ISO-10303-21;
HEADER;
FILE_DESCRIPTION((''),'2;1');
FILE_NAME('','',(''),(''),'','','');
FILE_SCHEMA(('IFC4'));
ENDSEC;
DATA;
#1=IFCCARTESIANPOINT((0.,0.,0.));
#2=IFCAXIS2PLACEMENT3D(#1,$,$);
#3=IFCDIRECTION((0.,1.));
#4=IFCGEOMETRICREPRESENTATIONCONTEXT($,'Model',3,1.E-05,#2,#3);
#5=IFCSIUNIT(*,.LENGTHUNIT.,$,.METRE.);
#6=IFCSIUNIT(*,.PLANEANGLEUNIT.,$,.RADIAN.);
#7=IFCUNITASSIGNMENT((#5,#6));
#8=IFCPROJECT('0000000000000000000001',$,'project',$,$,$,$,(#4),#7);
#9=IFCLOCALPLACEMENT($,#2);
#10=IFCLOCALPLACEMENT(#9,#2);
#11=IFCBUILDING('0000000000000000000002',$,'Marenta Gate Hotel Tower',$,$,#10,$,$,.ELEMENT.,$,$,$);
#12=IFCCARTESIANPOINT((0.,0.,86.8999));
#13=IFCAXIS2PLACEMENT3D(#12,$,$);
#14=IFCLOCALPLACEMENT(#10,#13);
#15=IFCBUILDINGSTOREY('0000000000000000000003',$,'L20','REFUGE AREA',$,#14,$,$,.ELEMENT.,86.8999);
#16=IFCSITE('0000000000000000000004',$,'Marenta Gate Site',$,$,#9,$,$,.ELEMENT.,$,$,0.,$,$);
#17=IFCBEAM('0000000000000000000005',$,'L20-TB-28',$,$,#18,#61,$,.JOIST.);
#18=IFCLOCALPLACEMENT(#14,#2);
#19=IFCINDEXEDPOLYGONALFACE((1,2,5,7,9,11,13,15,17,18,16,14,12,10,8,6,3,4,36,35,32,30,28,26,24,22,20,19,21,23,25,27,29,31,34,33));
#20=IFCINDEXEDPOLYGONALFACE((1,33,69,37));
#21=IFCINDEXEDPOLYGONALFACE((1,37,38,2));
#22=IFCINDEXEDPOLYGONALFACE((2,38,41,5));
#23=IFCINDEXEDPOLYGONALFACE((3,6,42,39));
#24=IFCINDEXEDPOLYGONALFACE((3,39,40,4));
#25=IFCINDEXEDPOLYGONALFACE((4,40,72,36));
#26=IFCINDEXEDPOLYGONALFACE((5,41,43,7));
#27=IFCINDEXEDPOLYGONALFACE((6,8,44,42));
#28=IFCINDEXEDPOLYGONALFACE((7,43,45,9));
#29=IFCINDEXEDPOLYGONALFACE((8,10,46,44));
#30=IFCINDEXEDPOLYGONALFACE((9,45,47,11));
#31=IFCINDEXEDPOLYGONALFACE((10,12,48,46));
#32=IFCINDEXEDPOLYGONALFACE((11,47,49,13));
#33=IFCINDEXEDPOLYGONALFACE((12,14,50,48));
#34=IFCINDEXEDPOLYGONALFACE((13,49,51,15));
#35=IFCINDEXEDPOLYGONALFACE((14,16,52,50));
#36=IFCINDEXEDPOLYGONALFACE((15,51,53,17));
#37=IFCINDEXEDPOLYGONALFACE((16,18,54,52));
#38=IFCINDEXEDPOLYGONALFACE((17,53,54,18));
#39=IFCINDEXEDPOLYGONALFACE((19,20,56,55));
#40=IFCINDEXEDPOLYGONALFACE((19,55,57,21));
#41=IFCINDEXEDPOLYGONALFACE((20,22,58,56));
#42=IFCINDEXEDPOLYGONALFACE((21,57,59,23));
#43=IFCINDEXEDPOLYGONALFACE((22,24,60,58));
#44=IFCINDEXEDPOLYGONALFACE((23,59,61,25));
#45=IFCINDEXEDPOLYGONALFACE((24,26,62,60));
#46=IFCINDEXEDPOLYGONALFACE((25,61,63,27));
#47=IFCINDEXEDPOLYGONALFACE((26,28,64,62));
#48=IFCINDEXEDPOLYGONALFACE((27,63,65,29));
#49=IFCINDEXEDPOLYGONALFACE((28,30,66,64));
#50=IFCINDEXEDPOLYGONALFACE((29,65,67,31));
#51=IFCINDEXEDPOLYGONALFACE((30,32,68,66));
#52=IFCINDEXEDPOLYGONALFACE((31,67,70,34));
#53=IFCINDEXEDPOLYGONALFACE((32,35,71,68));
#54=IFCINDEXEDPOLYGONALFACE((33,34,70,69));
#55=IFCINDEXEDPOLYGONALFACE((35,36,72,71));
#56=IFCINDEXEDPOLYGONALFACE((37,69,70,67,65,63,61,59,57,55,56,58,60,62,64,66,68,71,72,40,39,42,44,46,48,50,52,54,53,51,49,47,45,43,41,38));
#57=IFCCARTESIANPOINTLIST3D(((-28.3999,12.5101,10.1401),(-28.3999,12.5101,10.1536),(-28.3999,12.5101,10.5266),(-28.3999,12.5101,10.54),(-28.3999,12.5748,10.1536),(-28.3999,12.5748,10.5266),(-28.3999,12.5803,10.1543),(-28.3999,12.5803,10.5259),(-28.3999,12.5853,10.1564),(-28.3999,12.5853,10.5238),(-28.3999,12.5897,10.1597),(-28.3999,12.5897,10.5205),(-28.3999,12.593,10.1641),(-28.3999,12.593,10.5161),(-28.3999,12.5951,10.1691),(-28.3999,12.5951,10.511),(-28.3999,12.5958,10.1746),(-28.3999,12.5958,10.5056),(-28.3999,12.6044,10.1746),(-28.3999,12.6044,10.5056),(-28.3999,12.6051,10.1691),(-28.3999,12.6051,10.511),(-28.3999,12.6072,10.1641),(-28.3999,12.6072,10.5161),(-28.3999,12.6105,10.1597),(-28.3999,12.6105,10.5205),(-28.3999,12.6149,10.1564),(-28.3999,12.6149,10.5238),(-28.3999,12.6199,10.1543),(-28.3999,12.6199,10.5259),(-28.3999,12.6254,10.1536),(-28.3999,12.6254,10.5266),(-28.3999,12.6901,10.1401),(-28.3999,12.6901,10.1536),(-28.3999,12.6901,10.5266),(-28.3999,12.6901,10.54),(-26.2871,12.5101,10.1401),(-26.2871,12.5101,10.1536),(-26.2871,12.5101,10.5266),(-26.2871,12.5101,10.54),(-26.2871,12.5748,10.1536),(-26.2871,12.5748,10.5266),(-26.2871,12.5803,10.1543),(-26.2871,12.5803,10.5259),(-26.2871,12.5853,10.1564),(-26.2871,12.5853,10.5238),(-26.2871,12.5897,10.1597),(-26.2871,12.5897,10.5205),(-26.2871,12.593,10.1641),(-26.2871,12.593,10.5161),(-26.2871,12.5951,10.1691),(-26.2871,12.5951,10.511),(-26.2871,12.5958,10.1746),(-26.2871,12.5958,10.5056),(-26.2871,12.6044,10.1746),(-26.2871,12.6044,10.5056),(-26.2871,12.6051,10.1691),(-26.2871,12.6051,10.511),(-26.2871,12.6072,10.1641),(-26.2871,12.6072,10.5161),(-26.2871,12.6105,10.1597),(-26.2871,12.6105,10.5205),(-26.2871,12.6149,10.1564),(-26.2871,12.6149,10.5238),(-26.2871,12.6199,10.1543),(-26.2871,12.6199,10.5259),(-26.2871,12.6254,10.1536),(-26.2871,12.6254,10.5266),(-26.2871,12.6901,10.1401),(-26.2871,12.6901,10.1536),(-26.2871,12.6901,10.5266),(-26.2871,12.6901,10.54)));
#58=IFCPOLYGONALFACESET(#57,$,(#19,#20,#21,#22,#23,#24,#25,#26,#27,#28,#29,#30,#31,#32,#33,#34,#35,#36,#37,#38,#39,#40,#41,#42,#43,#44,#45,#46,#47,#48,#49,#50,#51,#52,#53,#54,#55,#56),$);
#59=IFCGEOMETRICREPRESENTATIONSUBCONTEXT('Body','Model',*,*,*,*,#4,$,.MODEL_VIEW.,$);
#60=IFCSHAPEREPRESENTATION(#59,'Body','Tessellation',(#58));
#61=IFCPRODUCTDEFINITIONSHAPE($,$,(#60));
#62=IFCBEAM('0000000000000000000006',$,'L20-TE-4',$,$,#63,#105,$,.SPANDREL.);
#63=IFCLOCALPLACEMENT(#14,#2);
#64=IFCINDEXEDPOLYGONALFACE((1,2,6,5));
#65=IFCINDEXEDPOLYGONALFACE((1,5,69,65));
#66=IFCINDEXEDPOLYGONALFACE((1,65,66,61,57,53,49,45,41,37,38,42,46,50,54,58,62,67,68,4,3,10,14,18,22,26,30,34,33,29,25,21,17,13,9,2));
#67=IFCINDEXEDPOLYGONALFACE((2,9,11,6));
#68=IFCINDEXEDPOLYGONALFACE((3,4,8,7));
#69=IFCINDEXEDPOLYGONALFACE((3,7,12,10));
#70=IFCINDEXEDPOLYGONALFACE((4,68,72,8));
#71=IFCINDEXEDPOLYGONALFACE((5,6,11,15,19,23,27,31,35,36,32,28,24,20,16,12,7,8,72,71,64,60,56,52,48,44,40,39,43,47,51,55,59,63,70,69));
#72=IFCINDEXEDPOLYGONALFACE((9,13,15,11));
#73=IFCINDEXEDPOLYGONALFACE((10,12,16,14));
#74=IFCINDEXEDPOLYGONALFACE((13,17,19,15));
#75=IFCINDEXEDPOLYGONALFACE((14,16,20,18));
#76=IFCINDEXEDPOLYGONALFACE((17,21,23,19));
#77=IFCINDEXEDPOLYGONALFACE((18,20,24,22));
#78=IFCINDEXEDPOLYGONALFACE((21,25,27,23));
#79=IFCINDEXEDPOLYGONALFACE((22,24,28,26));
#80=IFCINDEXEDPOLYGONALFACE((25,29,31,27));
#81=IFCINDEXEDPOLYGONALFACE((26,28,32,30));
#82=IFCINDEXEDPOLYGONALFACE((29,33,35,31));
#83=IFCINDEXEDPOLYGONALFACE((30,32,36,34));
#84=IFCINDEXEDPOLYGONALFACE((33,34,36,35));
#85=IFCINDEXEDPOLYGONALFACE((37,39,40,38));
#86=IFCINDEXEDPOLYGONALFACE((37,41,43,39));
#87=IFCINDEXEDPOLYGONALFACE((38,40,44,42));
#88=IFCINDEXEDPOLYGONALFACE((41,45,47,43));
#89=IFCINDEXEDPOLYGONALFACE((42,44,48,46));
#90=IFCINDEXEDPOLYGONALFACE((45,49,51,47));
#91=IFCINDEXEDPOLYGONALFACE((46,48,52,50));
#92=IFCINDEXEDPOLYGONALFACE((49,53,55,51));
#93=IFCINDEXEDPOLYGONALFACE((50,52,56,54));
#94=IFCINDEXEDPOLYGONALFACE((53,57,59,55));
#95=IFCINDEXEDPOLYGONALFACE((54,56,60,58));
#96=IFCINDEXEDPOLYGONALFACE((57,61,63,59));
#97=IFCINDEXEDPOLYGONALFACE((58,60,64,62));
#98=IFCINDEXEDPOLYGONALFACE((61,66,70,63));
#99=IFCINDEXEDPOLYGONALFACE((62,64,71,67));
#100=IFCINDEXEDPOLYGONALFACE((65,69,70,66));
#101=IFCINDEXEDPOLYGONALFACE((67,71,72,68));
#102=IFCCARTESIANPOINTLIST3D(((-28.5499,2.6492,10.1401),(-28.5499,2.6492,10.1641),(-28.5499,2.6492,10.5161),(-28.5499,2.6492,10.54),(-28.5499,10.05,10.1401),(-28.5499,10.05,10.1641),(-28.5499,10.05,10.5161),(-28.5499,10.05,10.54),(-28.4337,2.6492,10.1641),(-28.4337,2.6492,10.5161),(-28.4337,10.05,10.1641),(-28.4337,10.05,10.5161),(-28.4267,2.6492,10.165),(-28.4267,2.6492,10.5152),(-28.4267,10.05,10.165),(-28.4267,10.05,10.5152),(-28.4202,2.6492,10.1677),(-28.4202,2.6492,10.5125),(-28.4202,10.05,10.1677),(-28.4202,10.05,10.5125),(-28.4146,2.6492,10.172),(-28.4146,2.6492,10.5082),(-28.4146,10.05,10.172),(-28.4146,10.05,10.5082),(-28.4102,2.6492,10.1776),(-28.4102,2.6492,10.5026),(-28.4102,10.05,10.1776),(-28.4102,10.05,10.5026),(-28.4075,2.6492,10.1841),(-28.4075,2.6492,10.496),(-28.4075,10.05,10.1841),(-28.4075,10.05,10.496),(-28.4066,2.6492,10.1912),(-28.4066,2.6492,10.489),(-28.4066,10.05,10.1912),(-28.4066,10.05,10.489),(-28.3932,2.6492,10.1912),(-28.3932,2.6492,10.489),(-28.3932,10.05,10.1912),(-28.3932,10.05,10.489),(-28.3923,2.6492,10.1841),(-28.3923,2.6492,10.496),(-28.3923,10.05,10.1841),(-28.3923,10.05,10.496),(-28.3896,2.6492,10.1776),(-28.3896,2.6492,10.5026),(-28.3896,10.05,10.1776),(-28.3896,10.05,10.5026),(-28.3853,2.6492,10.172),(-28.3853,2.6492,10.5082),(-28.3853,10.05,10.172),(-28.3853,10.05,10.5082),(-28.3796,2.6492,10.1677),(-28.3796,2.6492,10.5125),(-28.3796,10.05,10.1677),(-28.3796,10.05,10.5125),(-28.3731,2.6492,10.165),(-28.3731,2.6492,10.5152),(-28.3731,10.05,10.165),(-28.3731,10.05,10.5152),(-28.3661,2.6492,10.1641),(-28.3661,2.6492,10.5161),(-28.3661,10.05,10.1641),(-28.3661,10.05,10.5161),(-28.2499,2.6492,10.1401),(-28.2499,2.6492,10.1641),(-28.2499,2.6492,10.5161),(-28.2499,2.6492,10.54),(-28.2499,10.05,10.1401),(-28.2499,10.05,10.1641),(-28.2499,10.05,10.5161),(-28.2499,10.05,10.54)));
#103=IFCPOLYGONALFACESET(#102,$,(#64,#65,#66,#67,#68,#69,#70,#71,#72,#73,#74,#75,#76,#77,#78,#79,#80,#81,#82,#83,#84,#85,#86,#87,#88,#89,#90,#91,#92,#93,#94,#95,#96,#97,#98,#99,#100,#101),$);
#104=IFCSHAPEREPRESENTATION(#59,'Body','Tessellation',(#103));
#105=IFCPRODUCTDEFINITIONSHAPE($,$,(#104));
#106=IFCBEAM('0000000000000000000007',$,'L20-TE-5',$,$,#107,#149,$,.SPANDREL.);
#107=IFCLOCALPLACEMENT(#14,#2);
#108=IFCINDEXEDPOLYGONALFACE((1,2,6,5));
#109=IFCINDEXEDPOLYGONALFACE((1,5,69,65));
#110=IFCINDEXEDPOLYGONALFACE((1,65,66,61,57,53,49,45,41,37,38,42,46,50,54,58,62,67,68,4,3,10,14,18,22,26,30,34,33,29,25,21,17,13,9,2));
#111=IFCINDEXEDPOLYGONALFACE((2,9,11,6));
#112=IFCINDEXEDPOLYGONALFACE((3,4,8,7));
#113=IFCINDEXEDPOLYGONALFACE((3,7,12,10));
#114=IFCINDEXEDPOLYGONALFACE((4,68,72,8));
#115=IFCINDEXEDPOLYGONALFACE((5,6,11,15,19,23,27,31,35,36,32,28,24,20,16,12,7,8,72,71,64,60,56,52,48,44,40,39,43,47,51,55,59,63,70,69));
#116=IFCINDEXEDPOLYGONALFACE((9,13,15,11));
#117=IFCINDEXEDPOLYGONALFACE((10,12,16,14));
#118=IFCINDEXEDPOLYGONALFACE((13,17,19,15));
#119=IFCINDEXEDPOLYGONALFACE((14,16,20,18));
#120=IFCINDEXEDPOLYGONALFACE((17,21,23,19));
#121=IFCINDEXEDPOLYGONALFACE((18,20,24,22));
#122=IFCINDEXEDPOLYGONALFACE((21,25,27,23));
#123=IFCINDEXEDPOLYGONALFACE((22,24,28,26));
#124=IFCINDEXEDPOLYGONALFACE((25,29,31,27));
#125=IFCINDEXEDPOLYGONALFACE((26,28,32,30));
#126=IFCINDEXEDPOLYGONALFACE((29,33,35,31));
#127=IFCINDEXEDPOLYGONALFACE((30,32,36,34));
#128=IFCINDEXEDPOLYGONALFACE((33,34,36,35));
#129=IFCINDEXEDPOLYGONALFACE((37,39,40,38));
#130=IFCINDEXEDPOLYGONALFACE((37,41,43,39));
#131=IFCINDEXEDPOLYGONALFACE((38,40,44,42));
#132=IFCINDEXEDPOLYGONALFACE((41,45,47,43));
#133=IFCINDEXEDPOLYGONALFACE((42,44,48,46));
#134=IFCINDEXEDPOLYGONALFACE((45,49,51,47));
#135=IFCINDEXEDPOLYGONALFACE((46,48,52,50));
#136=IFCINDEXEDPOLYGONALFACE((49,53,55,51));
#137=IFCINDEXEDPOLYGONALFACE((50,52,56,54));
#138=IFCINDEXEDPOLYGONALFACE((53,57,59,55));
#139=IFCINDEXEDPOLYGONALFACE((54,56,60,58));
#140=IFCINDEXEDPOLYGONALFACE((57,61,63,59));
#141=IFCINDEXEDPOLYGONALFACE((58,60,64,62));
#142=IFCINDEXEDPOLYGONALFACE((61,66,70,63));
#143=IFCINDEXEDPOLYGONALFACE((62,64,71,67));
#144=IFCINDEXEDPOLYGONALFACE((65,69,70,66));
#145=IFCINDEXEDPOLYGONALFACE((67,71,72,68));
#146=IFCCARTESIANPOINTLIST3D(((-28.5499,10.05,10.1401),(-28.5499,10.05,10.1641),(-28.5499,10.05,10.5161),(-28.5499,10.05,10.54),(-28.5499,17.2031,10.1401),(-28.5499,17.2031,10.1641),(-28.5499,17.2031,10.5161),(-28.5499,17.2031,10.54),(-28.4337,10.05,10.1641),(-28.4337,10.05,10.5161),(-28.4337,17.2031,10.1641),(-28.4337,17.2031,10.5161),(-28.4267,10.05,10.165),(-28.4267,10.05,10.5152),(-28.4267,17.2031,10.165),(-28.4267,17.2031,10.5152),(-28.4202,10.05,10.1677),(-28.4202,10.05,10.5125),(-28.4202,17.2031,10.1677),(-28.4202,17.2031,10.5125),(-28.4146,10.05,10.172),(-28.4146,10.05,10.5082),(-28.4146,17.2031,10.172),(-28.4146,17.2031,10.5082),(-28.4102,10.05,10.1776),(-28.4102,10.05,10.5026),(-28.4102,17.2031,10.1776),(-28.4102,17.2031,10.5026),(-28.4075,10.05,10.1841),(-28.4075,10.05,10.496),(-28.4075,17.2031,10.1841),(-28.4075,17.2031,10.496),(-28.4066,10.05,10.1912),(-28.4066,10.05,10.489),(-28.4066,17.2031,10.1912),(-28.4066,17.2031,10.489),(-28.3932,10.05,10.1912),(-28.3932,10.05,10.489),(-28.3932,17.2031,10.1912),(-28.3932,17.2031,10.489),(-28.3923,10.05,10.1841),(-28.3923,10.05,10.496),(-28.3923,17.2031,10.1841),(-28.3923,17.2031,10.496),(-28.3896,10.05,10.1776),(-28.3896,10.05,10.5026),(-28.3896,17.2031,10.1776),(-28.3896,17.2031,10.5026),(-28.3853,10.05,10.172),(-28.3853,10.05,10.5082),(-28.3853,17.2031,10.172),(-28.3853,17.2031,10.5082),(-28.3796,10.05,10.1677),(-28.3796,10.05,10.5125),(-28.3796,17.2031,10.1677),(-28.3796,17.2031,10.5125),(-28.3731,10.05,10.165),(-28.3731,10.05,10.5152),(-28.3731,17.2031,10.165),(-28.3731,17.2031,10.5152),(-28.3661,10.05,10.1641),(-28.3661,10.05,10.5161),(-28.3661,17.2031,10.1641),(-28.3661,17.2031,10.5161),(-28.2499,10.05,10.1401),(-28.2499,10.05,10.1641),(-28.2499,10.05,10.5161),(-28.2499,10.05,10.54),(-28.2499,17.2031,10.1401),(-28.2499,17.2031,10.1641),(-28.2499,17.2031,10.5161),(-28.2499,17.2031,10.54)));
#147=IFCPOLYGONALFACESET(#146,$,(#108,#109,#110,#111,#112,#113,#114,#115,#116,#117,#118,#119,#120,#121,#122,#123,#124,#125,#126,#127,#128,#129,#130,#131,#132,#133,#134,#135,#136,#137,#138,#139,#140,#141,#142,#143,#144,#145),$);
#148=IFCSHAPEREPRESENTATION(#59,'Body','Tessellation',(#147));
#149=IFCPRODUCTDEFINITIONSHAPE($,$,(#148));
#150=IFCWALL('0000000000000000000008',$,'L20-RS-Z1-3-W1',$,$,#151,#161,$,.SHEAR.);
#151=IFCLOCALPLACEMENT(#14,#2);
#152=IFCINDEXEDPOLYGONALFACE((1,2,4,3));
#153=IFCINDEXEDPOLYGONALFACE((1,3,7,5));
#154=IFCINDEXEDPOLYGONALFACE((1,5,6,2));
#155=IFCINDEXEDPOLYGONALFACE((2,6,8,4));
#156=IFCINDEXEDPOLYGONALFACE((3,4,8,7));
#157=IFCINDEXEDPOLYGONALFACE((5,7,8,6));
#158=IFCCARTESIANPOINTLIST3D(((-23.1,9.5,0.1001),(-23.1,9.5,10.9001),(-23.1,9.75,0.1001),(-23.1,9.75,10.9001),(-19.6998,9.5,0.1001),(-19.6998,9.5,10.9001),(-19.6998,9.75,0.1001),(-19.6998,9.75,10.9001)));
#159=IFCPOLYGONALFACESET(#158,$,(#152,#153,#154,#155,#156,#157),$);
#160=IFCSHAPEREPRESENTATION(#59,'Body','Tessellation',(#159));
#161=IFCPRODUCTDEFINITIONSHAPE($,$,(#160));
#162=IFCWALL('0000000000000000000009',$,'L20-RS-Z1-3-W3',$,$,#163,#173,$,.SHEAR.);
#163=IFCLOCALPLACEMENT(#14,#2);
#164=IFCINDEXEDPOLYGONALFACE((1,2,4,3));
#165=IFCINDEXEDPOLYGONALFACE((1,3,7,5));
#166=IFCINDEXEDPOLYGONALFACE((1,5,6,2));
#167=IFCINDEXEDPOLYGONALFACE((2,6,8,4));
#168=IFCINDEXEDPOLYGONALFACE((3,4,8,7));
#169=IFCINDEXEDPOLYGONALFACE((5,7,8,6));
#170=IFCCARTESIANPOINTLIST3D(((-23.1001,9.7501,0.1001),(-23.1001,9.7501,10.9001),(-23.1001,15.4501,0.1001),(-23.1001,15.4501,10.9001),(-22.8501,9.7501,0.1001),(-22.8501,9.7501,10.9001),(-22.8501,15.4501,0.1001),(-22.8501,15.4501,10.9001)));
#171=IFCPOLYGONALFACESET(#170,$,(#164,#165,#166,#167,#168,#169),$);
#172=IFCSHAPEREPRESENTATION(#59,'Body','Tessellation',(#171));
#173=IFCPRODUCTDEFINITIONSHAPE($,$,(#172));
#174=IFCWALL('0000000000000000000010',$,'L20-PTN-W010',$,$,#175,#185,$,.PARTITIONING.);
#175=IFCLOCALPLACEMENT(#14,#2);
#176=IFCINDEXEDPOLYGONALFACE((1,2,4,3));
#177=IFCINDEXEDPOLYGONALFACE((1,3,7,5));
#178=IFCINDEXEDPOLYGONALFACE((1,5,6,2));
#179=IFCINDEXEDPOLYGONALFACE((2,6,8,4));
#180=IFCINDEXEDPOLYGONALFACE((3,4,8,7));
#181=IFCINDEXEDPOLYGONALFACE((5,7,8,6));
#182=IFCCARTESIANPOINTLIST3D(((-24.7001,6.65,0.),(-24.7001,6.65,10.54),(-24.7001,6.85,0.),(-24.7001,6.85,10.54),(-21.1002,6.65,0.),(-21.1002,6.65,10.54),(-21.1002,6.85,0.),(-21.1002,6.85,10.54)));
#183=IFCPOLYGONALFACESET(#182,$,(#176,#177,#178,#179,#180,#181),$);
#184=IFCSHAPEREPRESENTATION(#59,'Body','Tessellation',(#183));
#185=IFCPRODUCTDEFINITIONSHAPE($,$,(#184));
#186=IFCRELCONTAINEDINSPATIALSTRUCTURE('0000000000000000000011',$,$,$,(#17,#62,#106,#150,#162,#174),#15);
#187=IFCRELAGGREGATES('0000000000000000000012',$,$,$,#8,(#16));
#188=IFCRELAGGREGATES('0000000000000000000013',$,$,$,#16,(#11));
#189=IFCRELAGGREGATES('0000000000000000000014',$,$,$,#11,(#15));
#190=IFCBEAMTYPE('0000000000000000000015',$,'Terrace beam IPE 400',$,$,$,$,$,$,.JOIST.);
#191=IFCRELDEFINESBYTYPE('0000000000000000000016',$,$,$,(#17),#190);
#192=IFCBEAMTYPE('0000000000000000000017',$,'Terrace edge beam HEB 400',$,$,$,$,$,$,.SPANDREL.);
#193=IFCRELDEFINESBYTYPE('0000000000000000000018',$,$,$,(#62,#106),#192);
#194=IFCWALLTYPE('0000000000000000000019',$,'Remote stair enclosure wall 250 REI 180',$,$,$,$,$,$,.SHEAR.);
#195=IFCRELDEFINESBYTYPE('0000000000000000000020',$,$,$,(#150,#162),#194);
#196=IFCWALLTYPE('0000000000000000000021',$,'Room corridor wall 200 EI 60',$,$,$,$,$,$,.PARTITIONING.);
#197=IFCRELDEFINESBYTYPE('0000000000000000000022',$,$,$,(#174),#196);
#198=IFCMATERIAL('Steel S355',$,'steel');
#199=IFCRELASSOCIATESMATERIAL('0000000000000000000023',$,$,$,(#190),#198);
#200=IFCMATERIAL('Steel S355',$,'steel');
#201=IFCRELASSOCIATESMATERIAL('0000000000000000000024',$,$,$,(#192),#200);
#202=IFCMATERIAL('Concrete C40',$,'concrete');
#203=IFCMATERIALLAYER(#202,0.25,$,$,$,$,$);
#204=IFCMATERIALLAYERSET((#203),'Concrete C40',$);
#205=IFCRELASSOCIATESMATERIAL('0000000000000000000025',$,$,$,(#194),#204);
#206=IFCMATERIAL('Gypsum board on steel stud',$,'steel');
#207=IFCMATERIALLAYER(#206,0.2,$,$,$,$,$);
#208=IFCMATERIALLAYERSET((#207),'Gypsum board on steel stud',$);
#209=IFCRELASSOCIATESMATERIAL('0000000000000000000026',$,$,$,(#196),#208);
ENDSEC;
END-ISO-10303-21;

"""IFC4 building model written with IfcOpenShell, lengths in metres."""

from ifc_helpers import new_model, si_unit, direction, frame, frame_2d, origin, origin_2d, place, context, subcontext, project, spatial, rectangle, i_section, extrude, material, layer, layer_set, material_profile, profile_set, type_object, element, save


model = new_model("IFC4")

# Units and contexts
model_context = context("Model", 3, precision=1e-05, world=origin(), true_north=direction((0.0, 1.0)))
body_context = subcontext(model_context, "Body", "Model", "MODEL_VIEW")
ifc_project = project(units=[si_unit("LENGTHUNIT", "METRE"), si_unit("PLANEANGLEUNIT", "RADIAN")], contexts=[model_context])

# Site, building, storey
site_placement = place(None, origin())
site = spatial("IfcSite", under=ifc_project, at=site_placement, Name="Marenta Gate Site", CompositionType="ELEMENT", RefElevation=0.0)
building_placement = place(site_placement, origin())
building = spatial("IfcBuilding", under=site, at=building_placement, Name="Marenta Gate Hotel Tower", CompositionType="ELEMENT")
storey_placement = place(building_placement, frame((0.0, 0.0, 86.8999)))
storey = spatial("IfcBuildingStorey", under=building, at=storey_placement, Name="L20", Description="REFUGE AREA", CompositionType="ELEMENT", Elevation=86.8999)

# Beams
ifc_material_1 = material(Name="Steel S355", Category="steel")
ifc_material_profile_1 = material_profile(ifc_material_1, i_section(OverallWidth=0.1799, OverallDepth=0.3999, WebThickness=0.0085, FlangeThickness=0.0134, FilletRadius=0.021, at=origin_2d()), Name="IPE 400")
ifc_profile_set_1 = profile_set([ifc_material_profile_1], Name="Steel S355")
beam_type_1 = type_object("IfcBeamType", Name="Terrace beam IPE 400", PredefinedType="JOIST", material=ifc_profile_set_1)
beam_1_placement = place(storey_placement, frame((-28.3999, 12.6001, 10.3401), z_axis=(1.0, 0.0, 0.0), x_axis=(0.0, 1.0, 0.0)))
element("IfcBeam", 1, at=beam_1_placement, inside=storey, type_object=beam_type_1, Name="L20-TB-28", PredefinedType="JOIST", context=body_context, shape_type="SweptSolid", body=[
    extrude(i_section(OverallWidth=0.1799, OverallDepth=0.3999, WebThickness=0.0085, FlangeThickness=0.0134, FilletRadius=0.021, at=origin_2d()), origin(), (0.0, 0.0, 1.0), 2.1128),
])
ifc_material_2 = material(Name="Steel S355", Category="steel")
ifc_material_profile_2 = material_profile(ifc_material_2, i_section(OverallWidth=0.3, OverallDepth=0.3999, WebThickness=0.0134, FlangeThickness=0.0239, FilletRadius=0.0271, at=origin_2d()), Name="HEB 400")
ifc_profile_set_2 = profile_set([ifc_material_profile_2], Name="Steel S355")
beam_type_2 = type_object("IfcBeamType", Name="Terrace edge beam HEB 400", PredefinedType="SPANDREL", material=ifc_profile_set_2)
beam_2_placement = place(storey_placement, frame((-28.3999, 2.6492, 10.3401), z_axis=(0.0, 1.0, 0.0), x_axis=(-1.0, 0.0, 0.0)))
element("IfcBeam", 2, at=beam_2_placement, inside=storey, type_object=beam_type_2, Name="L20-TE-4", PredefinedType="SPANDREL", context=body_context, shape_type="SweptSolid", body=[
    extrude(i_section(OverallWidth=0.3, OverallDepth=0.3999, WebThickness=0.0134, FlangeThickness=0.0239, FilletRadius=0.0271, at=origin_2d()), origin(), (0.0, 0.0, 1.0), 7.4009),
])
beam_3_placement = place(storey_placement, frame((-28.3999, 10.05, 10.3401), z_axis=(0.0, 1.0, 0.0), x_axis=(-1.0, 0.0, 0.0)))
element("IfcBeam", 3, at=beam_3_placement, inside=storey, type_object=beam_type_2, Name="L20-TE-5", PredefinedType="SPANDREL", context=body_context, shape_type="SweptSolid", body=[
    extrude(i_section(OverallWidth=0.3, OverallDepth=0.3999, WebThickness=0.0134, FlangeThickness=0.0239, FilletRadius=0.0271, at=origin_2d()), origin(), (0.0, 0.0, 1.0), 7.1531),
])

# Walls
ifc_material_3 = material(Name="Concrete C40", Category="concrete")
ifc_layer_1 = layer(ifc_material_3, 0.25)
ifc_layer_set_1 = layer_set([ifc_layer_1], Name="Concrete C40")
wall_type_1 = type_object("IfcWallType", Name="Remote stair enclosure wall 250 REI 180", PredefinedType="SHEAR", material=ifc_layer_set_1)
wall_1_placement = place(storey_placement, frame((-23.1001, 9.625, 0.1001), z_axis=(0.0, 0.0, 1.0), x_axis=(1.0, 0.0, 0.0)))
element("IfcWall", 4, at=wall_1_placement, inside=storey, type_object=wall_type_1, Name="L20-RS-Z1-3-W1", PredefinedType="SHEAR", context=body_context, shape_type="SweptSolid", body=[
    extrude(rectangle(XDim=3.4001, YDim=0.25, at=frame_2d((1.7002, 0.0))), origin(), (0.0, 0.0, 1.0), 10.8),
])
wall_2_placement = place(storey_placement, frame((-22.9751, 9.75, 0.1001), z_axis=(0.0, 0.0, 1.0), x_axis=(0.0, 1.0, 0.0)))
element("IfcWall", 5, at=wall_2_placement, inside=storey, type_object=wall_type_1, Name="L20-RS-Z1-3-W3", PredefinedType="SHEAR", context=body_context, shape_type="SweptSolid", body=[
    extrude(rectangle(XDim=5.7, YDim=0.25, at=frame_2d((2.8501, 0.0))), origin(), (0.0, 0.0, 1.0), 10.8),
])
ifc_material_4 = material(Name="Gypsum board on steel stud", Category="steel")
ifc_layer_2 = layer(ifc_material_4, 0.2)
ifc_layer_set_2 = layer_set([ifc_layer_2], Name="Gypsum board on steel stud")
wall_type_2 = type_object("IfcWallType", Name="Room corridor wall 200 EI 60", PredefinedType="PARTITIONING", material=ifc_layer_set_2)
wall_3_placement = place(storey_placement, frame((-24.7, 6.75, 0.0), z_axis=(0.0, 0.0, 1.0), x_axis=(1.0, 0.0, 0.0)))
element("IfcWall", 6, at=wall_3_placement, inside=storey, type_object=wall_type_2, Name="L20-PTN-W010", PredefinedType="PARTITIONING", context=body_context, shape_type="SweptSolid", body=[
    extrude(rectangle(XDim=3.5999, YDim=0.2, at=frame_2d((1.7998, 0.0))), origin(), (0.0, 0.0, 1.0), 10.54),
])

save(model, "model.ifc")
